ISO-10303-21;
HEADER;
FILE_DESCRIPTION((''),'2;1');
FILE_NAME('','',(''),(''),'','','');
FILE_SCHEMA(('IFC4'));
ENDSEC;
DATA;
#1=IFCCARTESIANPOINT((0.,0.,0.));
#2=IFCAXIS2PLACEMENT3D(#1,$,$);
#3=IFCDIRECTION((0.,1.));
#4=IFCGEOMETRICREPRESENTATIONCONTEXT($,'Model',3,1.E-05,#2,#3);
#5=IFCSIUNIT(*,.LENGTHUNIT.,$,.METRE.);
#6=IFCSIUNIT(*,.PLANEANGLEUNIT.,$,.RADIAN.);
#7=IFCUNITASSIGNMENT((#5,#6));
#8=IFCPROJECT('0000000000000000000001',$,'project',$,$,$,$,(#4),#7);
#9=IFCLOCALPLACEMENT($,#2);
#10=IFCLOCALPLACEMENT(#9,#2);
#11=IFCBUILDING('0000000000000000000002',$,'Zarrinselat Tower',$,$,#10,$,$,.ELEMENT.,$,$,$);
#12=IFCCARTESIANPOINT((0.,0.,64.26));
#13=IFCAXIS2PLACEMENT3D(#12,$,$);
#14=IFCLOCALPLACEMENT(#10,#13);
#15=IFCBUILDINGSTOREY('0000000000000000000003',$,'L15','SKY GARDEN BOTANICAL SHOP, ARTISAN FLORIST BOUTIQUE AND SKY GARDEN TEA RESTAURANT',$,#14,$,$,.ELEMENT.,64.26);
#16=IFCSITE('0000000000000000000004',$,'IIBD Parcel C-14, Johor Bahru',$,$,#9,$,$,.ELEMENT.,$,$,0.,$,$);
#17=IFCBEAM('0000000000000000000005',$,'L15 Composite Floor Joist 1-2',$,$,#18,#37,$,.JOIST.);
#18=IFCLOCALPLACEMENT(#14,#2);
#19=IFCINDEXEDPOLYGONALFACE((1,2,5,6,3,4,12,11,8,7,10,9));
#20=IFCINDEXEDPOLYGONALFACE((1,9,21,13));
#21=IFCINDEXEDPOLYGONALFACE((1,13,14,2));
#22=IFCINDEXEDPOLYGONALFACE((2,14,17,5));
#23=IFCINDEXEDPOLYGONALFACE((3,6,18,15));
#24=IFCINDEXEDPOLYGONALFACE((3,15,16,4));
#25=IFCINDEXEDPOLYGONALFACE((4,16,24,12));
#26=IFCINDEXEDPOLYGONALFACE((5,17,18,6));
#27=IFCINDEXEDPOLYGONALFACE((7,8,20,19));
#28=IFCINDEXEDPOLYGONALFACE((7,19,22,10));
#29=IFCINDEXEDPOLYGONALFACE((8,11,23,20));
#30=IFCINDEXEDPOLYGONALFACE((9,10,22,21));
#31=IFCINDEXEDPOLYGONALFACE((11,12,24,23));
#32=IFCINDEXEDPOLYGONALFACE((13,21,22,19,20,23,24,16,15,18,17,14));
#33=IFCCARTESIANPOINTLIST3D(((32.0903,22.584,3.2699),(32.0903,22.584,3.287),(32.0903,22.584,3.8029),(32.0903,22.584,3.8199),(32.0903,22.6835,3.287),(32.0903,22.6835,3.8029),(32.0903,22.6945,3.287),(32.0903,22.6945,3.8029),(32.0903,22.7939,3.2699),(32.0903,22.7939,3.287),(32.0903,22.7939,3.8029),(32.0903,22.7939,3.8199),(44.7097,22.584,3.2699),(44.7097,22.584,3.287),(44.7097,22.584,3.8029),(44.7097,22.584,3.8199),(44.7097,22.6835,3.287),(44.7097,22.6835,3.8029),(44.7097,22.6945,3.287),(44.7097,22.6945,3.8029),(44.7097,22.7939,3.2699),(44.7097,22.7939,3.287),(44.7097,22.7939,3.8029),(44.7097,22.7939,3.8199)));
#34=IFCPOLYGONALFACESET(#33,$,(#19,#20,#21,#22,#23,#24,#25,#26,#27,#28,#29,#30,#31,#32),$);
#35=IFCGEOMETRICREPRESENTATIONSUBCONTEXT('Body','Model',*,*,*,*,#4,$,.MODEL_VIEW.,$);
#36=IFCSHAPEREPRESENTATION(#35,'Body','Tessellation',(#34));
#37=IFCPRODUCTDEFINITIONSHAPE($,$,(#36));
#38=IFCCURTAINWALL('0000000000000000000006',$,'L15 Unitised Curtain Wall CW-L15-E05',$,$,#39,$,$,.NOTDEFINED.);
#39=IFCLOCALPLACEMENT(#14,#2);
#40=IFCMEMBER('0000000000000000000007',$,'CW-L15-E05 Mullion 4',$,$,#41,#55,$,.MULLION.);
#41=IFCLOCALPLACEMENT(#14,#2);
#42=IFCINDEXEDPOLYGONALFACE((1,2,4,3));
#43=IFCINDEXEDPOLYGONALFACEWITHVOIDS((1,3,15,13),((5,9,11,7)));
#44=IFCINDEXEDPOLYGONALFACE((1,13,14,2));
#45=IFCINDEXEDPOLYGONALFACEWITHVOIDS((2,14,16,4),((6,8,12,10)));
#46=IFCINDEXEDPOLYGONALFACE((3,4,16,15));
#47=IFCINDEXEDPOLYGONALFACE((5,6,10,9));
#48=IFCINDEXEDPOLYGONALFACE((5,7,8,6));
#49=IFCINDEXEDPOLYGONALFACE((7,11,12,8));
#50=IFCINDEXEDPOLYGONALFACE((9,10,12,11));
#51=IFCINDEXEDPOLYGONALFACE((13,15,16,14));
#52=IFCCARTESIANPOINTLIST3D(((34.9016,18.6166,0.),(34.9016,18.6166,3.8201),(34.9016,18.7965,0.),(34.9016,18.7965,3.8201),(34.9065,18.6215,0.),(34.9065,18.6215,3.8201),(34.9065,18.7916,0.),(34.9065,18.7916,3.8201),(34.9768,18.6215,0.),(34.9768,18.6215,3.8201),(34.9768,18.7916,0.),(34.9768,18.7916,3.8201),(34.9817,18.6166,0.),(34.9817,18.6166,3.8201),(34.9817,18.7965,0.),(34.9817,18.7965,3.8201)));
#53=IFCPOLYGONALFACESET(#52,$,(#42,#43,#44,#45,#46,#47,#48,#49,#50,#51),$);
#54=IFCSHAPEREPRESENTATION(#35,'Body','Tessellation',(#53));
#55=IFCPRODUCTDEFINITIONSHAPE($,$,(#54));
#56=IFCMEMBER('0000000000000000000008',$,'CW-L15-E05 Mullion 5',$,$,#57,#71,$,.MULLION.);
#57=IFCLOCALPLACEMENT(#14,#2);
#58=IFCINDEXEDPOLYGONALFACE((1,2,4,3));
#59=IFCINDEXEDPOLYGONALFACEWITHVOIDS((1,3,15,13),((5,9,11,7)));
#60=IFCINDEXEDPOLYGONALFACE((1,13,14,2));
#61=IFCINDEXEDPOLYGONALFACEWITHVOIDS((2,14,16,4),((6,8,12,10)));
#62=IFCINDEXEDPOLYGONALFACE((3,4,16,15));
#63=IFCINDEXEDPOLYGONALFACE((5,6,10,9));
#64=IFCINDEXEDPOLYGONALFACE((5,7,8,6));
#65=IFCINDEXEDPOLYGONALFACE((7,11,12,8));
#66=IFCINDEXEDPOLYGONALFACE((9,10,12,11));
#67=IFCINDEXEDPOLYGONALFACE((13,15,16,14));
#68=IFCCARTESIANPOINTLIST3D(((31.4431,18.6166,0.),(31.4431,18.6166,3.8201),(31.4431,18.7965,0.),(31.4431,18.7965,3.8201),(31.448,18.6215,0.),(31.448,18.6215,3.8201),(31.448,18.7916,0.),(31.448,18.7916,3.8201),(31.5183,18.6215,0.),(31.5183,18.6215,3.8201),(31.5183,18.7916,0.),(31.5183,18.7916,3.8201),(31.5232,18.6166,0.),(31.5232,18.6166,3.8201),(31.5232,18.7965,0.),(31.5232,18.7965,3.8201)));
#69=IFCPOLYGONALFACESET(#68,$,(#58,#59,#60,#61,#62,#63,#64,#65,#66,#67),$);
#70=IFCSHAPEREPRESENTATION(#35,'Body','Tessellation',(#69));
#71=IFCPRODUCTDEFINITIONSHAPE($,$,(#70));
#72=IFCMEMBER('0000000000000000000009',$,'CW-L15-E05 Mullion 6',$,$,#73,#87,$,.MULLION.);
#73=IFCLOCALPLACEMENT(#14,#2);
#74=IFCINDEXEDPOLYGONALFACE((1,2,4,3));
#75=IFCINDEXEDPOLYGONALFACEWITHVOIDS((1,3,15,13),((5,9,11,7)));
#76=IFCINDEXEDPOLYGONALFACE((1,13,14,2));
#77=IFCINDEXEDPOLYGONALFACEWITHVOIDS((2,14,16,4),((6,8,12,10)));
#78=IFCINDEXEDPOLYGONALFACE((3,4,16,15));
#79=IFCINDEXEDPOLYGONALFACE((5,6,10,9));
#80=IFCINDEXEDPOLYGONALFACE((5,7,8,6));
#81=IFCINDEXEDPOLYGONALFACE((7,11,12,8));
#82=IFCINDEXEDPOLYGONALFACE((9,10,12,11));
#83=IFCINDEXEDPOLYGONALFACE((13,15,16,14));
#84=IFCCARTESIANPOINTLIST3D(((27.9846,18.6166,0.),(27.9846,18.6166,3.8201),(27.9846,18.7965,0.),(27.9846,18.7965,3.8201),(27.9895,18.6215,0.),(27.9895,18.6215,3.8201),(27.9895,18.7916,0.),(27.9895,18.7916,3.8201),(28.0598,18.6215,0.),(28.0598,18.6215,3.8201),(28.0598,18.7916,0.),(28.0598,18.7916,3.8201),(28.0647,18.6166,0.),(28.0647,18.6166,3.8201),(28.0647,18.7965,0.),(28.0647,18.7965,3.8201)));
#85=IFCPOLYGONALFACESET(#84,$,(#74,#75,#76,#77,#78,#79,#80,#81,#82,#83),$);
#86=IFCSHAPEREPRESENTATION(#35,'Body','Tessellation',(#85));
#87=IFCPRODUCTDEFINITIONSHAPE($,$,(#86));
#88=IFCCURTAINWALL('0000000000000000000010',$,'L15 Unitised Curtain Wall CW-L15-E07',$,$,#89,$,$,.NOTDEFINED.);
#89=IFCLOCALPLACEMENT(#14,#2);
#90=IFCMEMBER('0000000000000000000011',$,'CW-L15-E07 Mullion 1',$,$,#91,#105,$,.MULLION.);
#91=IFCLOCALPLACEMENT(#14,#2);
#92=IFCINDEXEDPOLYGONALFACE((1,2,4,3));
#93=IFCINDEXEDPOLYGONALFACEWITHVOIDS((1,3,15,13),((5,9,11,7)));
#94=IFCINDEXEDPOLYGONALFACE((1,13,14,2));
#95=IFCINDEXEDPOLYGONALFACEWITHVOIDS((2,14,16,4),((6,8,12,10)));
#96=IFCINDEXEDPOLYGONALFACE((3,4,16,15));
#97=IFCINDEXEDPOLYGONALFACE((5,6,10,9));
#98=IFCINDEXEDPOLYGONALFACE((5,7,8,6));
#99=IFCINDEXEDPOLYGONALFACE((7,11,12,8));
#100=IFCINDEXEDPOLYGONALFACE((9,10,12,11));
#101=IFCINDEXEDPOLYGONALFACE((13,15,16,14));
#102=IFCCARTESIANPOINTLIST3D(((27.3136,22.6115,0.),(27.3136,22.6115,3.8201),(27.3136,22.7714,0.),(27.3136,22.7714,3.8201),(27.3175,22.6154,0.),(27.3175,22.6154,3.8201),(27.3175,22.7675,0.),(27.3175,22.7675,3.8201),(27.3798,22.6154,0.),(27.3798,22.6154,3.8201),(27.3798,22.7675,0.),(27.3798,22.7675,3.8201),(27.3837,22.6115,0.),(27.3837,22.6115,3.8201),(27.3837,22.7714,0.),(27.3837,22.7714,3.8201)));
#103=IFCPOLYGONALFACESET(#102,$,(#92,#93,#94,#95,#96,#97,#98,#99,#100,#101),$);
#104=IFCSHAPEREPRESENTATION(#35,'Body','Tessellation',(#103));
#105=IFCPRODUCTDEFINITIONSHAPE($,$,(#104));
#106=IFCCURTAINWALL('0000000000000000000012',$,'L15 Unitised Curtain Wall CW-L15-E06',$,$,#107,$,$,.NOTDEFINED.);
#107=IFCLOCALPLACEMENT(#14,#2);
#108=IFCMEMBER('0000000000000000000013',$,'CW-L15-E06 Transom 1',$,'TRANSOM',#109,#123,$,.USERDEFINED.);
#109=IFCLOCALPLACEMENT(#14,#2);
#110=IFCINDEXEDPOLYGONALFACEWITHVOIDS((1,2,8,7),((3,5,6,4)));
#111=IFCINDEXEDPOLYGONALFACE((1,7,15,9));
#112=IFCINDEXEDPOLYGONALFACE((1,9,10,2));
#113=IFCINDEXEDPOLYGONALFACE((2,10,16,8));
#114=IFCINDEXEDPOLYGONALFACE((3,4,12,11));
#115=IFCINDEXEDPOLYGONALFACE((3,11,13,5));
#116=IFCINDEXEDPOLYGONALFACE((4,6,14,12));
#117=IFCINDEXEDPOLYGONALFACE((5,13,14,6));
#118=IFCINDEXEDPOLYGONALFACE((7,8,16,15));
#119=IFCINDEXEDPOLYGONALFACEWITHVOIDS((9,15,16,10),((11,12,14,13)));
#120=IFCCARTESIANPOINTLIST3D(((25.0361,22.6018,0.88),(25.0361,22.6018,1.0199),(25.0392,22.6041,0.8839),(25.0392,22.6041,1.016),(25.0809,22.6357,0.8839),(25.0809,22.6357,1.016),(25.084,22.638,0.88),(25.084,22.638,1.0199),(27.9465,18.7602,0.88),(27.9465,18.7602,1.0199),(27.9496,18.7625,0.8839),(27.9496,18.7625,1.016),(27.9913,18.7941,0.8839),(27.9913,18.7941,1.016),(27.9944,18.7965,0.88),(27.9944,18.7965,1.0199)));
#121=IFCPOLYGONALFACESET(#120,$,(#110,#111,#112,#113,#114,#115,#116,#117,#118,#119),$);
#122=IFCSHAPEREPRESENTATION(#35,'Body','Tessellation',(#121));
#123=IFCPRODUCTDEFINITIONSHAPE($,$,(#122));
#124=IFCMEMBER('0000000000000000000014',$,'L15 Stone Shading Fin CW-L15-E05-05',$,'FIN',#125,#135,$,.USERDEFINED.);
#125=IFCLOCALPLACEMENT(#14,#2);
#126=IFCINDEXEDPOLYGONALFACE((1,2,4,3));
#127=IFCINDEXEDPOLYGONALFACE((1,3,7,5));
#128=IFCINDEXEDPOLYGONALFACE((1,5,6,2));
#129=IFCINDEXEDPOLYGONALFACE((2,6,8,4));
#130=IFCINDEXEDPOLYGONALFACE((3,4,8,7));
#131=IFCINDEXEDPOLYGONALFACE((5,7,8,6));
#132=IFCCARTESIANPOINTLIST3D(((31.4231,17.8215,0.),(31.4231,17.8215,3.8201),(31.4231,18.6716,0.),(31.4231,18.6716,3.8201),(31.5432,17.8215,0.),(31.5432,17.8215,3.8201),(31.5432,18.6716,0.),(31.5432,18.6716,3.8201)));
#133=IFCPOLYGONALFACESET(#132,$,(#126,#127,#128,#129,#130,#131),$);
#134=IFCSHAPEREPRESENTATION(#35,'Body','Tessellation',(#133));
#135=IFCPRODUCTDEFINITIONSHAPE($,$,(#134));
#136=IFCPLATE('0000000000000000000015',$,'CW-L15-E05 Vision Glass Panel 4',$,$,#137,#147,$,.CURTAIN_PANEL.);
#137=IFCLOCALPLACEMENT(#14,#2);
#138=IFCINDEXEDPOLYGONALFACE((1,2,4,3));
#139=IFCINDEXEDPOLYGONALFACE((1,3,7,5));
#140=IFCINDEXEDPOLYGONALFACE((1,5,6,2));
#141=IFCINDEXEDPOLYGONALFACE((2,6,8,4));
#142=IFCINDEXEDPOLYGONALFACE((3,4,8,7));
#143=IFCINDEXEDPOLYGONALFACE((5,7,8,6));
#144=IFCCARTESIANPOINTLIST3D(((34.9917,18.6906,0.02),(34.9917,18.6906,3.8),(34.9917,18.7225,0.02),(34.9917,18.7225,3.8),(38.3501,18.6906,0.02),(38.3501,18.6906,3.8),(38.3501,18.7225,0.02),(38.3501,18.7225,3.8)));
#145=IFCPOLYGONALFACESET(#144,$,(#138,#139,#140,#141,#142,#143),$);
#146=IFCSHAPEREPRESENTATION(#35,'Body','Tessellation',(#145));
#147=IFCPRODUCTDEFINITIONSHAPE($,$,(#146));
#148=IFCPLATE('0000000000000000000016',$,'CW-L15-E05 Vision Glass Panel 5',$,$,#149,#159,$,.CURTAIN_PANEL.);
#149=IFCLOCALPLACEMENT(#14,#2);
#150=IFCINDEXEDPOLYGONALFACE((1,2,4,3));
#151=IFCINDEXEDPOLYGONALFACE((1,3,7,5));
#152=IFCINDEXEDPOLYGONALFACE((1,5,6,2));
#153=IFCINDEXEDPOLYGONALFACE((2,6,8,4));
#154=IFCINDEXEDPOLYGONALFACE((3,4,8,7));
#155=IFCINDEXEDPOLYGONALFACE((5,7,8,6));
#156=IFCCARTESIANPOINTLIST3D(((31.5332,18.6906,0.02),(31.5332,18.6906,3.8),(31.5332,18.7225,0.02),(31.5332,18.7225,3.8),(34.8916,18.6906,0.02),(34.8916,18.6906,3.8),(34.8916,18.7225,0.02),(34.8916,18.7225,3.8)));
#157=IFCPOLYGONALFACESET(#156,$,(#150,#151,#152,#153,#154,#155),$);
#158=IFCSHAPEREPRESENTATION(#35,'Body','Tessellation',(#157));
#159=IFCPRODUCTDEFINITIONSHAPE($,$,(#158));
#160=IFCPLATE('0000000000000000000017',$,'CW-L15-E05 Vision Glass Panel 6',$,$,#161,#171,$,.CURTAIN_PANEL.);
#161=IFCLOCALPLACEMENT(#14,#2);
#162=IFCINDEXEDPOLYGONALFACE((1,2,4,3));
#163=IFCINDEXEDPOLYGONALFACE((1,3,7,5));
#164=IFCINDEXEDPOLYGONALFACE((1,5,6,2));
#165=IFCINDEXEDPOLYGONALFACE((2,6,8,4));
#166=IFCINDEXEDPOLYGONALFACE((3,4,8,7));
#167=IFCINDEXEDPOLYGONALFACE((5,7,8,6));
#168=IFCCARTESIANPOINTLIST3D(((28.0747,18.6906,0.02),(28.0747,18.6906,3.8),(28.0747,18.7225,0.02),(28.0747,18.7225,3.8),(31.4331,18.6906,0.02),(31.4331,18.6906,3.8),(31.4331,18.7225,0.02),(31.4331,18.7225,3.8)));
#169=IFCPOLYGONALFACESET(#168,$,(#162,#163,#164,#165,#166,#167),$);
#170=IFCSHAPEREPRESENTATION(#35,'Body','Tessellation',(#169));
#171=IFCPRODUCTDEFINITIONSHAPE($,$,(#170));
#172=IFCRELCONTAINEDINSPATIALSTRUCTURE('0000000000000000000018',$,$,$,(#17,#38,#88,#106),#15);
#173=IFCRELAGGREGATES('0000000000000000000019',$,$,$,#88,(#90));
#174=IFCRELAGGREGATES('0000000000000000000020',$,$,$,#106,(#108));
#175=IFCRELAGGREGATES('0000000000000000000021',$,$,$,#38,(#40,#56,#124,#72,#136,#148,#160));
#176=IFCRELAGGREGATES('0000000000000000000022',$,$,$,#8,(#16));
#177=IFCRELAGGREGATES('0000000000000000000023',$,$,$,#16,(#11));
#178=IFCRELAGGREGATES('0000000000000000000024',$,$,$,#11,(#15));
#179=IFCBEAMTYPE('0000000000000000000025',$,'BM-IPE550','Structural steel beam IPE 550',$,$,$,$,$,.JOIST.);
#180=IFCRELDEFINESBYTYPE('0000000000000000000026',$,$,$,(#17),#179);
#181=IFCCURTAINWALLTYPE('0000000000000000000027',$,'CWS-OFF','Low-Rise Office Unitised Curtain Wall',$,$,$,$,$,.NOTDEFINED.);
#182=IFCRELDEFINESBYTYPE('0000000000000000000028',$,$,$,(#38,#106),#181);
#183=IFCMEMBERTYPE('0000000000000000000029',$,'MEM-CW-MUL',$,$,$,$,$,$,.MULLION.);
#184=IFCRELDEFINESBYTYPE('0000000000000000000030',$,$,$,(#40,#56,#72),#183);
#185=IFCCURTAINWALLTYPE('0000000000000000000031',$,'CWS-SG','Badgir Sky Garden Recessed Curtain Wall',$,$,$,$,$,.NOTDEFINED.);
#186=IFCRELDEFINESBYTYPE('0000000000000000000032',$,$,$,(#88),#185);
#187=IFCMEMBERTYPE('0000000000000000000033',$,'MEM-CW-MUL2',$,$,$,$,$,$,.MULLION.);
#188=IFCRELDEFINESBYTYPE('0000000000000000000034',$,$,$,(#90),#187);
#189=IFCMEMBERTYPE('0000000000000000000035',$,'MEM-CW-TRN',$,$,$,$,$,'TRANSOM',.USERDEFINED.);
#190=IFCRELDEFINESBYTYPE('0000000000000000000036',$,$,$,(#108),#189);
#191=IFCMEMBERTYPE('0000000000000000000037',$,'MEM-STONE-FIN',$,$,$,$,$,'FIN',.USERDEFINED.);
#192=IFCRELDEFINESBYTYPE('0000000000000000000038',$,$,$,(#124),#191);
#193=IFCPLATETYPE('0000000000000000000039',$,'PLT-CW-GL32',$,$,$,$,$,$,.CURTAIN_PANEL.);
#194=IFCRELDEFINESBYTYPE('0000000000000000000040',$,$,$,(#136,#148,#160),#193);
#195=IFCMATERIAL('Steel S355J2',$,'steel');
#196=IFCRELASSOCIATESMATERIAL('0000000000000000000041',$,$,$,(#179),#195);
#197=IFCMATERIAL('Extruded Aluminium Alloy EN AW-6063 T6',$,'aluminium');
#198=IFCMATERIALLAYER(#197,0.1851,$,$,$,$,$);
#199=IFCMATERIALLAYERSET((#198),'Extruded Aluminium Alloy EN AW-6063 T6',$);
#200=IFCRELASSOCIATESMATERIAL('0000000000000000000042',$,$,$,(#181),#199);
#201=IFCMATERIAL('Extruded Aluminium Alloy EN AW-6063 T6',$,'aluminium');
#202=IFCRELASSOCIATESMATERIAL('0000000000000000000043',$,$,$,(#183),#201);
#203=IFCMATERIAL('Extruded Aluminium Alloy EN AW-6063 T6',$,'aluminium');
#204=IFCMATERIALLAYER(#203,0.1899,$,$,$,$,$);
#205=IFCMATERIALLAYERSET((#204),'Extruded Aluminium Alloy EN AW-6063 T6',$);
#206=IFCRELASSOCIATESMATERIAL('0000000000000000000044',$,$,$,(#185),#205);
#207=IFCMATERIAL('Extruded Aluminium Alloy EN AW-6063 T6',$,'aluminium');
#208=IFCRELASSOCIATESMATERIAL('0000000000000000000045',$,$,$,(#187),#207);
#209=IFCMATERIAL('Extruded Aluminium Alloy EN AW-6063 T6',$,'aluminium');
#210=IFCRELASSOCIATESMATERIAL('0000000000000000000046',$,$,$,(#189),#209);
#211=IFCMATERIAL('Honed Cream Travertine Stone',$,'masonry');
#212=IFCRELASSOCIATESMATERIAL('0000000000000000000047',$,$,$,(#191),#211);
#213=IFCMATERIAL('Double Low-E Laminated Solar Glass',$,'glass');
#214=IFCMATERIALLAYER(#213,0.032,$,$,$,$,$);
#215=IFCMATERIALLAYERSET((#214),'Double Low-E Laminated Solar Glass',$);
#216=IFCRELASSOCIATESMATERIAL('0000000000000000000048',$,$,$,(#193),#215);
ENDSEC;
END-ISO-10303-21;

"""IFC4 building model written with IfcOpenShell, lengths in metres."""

from ifc_helpers import new_model, si_unit, direction, frame, origin, origin_2d, place, context, subcontext, project, spatial, rectangle, hollow_rectangle, i_section, extrude, material, layer, layer_set, material_profile, profile_set, type_object, element, aggregate, save


model = new_model("IFC4")

# Units and contexts
model_context = context("Model", 3, precision=1e-05, world=origin(), true_north=direction((0.0, 1.0)))
body_context = subcontext(model_context, "Body", "Model", "MODEL_VIEW")
ifc_project = project(units=[si_unit("LENGTHUNIT", "METRE"), si_unit("PLANEANGLEUNIT", "RADIAN")], contexts=[model_context])

# Site, building, storey
site_placement = place(None, origin())
site = spatial("IfcSite", under=ifc_project, at=site_placement, Name="IIBD Parcel C-14, Johor Bahru", CompositionType="ELEMENT", RefElevation=0.0)
building_placement = place(site_placement, origin())
building = spatial("IfcBuilding", under=site, at=building_placement, Name="Zarrinselat Tower", CompositionType="ELEMENT")
storey_placement = place(building_placement, frame((0.0, 0.0, 64.26)))
storey = spatial("IfcBuildingStorey", under=building, at=storey_placement, Name="L15", Description="SKY GARDEN BOTANICAL SHOP, ARTISAN FLORIST BOUTIQUE AND SKY GARDEN TEA RESTAURANT", CompositionType="ELEMENT", Elevation=64.26)

# Beam
ifc_material_1 = material(Name="Steel S355J2", Category="steel")
ifc_material_profile_1 = material_profile(ifc_material_1, i_section(OverallWidth=0.21, OverallDepth=0.55, WebThickness=0.011, FlangeThickness=0.0171, at=origin_2d()), Name="IPE 550")
ifc_profile_set_1 = profile_set([ifc_material_profile_1], Name="Steel S355J2")
beam_type_1 = type_object("IfcBeamType", Name="BM-IPE550", Description="Structural steel beam IPE 550", PredefinedType="JOIST", material=ifc_profile_set_1)
beam_1_placement = place(storey_placement, frame((32.0903, 22.689, 3.5449), z_axis=(1.0, 0.0, 0.0), x_axis=(0.0, 1.0, 0.0)))
element("IfcBeam", 1, at=beam_1_placement, inside=storey, type_object=beam_type_1, Name="L15 Composite Floor Joist 1-2", PredefinedType="JOIST", context=body_context, shape_type="SweptSolid", body=[
    extrude(i_section(OverallWidth=0.21, OverallDepth=0.55, WebThickness=0.011, FlangeThickness=0.0171, at=origin_2d()), origin(), (0.0, 0.0, 1.0), 12.6194),
])

# Curtain wall, members
ifc_material_2 = material(Name="Extruded Aluminium Alloy EN AW-6063 T6", Category="aluminium")
ifc_layer_1 = layer(ifc_material_2, 0.1851)
ifc_layer_set_1 = layer_set([ifc_layer_1], Name="Extruded Aluminium Alloy EN AW-6063 T6")
curtain_wall_type_1 = type_object("IfcCurtainWallType", Name="CWS-OFF", Description="Low-Rise Office Unitised Curtain Wall", PredefinedType="NOTDEFINED", material=ifc_layer_set_1)
curtain_wall_1_placement = place(storey_placement, origin())
curtain_wall_1 = element("IfcCurtainWall", 2, at=curtain_wall_1_placement, inside=storey, type_object=curtain_wall_type_1, Name="L15 Unitised Curtain Wall CW-L15-E05", PredefinedType="NOTDEFINED")
ifc_material_3 = material(Name="Extruded Aluminium Alloy EN AW-6063 T6", Category="aluminium")
ifc_material_profile_2 = material_profile(ifc_material_3, hollow_rectangle(XDim=0.0801, YDim=0.1799, WallThickness=0.0049, at=origin_2d()), Name="RHS 180x80x5")
ifc_profile_set_2 = profile_set([ifc_material_profile_2], Name="Extruded Aluminium Alloy EN AW-6063 T6")
member_type_1 = type_object("IfcMemberType", Name="MEM-CW-MUL", PredefinedType="MULLION", material=ifc_profile_set_2)
member_1_placement = place(storey_placement, frame((34.9417, 18.7065, 0.0), z_axis=(0.0, 0.0, 1.0), x_axis=(-1.0, 0.0, 0.0)))
member_1 = element("IfcMember", 3, at=member_1_placement, type_object=member_type_1, Name="CW-L15-E05 Mullion 4", PredefinedType="MULLION", context=body_context, shape_type="SweptSolid", body=[
    extrude(hollow_rectangle(XDim=0.0801, YDim=0.1799, WallThickness=0.0049, at=origin_2d()), origin(), (0.0, 0.0, 1.0), 3.8201),
])
member_2_placement = place(storey_placement, frame((31.4832, 18.7065, 0.0), z_axis=(0.0, 0.0, 1.0), x_axis=(-1.0, 0.0, 0.0)))
member_2 = element("IfcMember", 4, at=member_2_placement, type_object=member_type_1, Name="CW-L15-E05 Mullion 5", PredefinedType="MULLION", context=body_context, shape_type="SweptSolid", body=[
    extrude(hollow_rectangle(XDim=0.0801, YDim=0.1799, WallThickness=0.0049, at=origin_2d()), origin(), (0.0, 0.0, 1.0), 3.8201),
])
member_3_placement = place(storey_placement, frame((28.0247, 18.7065, 0.0), z_axis=(0.0, 0.0, 1.0), x_axis=(-1.0, 0.0, 0.0)))
member_3 = element("IfcMember", 5, at=member_3_placement, type_object=member_type_1, Name="CW-L15-E05 Mullion 6", PredefinedType="MULLION", context=body_context, shape_type="SweptSolid", body=[
    extrude(hollow_rectangle(XDim=0.0801, YDim=0.1799, WallThickness=0.0049, at=origin_2d()), origin(), (0.0, 0.0, 1.0), 3.8201),
])

# Curtain walls, members
ifc_material_4 = material(Name="Extruded Aluminium Alloy EN AW-6063 T6", Category="aluminium")
ifc_layer_2 = layer(ifc_material_4, 0.1899)
ifc_layer_set_2 = layer_set([ifc_layer_2], Name="Extruded Aluminium Alloy EN AW-6063 T6")
curtain_wall_type_2 = type_object("IfcCurtainWallType", Name="CWS-SG", Description="Badgir Sky Garden Recessed Curtain Wall", PredefinedType="NOTDEFINED", material=ifc_layer_set_2)
curtain_wall_2_placement = place(storey_placement, origin())
curtain_wall_2 = element("IfcCurtainWall", 6, at=curtain_wall_2_placement, inside=storey, type_object=curtain_wall_type_2, Name="L15 Unitised Curtain Wall CW-L15-E07", PredefinedType="NOTDEFINED")
ifc_material_5 = material(Name="Extruded Aluminium Alloy EN AW-6063 T6", Category="aluminium")
ifc_material_profile_3 = material_profile(ifc_material_5, hollow_rectangle(XDim=0.0701, YDim=0.1599, WallThickness=0.0039, at=origin_2d()), Name="RHS 160x70x4")
ifc_profile_set_3 = profile_set([ifc_material_profile_3], Name="Extruded Aluminium Alloy EN AW-6063 T6")
member_type_2 = type_object("IfcMemberType", Name="MEM-CW-MUL2", PredefinedType="MULLION", material=ifc_profile_set_3)
member_4_placement = place(storey_placement, frame((27.3486, 22.6914, 0.0), z_axis=(0.0, 0.0, 1.0), x_axis=(1.0, 0.0, 0.0)))
member_4 = element("IfcMember", 7, at=member_4_placement, type_object=member_type_2, Name="CW-L15-E07 Mullion 1", PredefinedType="MULLION", context=body_context, shape_type="SweptSolid", body=[
    extrude(hollow_rectangle(XDim=0.0701, YDim=0.1599, WallThickness=0.0039, at=origin_2d()), origin(), (0.0, 0.0, 1.0), 3.8201),
])
aggregate(curtain_wall_2, [member_4])
curtain_wall_3_placement = place(storey_placement, origin())
curtain_wall_3 = element("IfcCurtainWall", 8, at=curtain_wall_3_placement, inside=storey, type_object=curtain_wall_type_1, Name="L15 Unitised Curtain Wall CW-L15-E06", PredefinedType="NOTDEFINED")
ifc_material_6 = material(Name="Extruded Aluminium Alloy EN AW-6063 T6", Category="aluminium")
ifc_material_profile_4 = material_profile(ifc_material_6, hollow_rectangle(XDim=0.0601, YDim=0.1399, WallThickness=0.0039, at=origin_2d()), Name="RHS 140x60x4")
ifc_profile_set_4 = profile_set([ifc_material_profile_4], Name="Extruded Aluminium Alloy EN AW-6063 T6")
member_type_3 = type_object("IfcMemberType", Name="MEM-CW-TRN", ElementType="TRANSOM", PredefinedType="USERDEFINED", material=ifc_profile_set_4)
member_5_placement = place(storey_placement, frame((27.9705, 18.7783, 0.95), z_axis=(-0.603875, 0.797079, 0.0), x_axis=(-0.797079, -0.603875, 0.0)))
member_5 = element("IfcMember", 9, at=member_5_placement, type_object=member_type_3, Name="CW-L15-E06 Transom 1", ObjectType="TRANSOM", PredefinedType="USERDEFINED", context=body_context, shape_type="SweptSolid", body=[
    extrude(hollow_rectangle(XDim=0.0601, YDim=0.1399, WallThickness=0.0039, at=origin_2d()), origin(), (0.0, 0.0, 1.0), 4.8196),
])
aggregate(curtain_wall_3, [member_5])

# Member
ifc_material_7 = material(Name="Honed Cream Travertine Stone", Category="masonry")
ifc_material_profile_5 = material_profile(ifc_material_7, rectangle(XDim=0.1201, YDim=0.8501, at=origin_2d()), Name="FIN 850x120")
ifc_profile_set_5 = profile_set([ifc_material_profile_5], Name="Honed Cream Travertine Stone")
member_type_4 = type_object("IfcMemberType", Name="MEM-STONE-FIN", ElementType="FIN", PredefinedType="USERDEFINED", material=ifc_profile_set_5)
member_6_placement = place(storey_placement, frame((31.4832, 18.2466, 0.0), z_axis=(0.0, 0.0, 1.0), x_axis=(-1.0, 0.0, 0.0)))
member_6 = element("IfcMember", 10, at=member_6_placement, type_object=member_type_4, Name="L15 Stone Shading Fin CW-L15-E05-05", ObjectType="FIN", PredefinedType="USERDEFINED", context=body_context, shape_type="SweptSolid", body=[
    extrude(rectangle(XDim=0.1201, YDim=0.8501, at=origin_2d()), origin(), (0.0, 0.0, 1.0), 3.8201),
])

# Plates
ifc_material_8 = material(Name="Double Low-E Laminated Solar Glass", Category="glass")
ifc_layer_3 = layer(ifc_material_8, 0.032)
ifc_layer_set_3 = layer_set([ifc_layer_3], Name="Double Low-E Laminated Solar Glass")
plate_type = type_object("IfcPlateType", Name="PLT-CW-GL32", PredefinedType="CURTAIN_PANEL", material=ifc_layer_set_3)
plate_1_placement = place(storey_placement, frame((36.6709, 18.7065, 0.02), z_axis=(0.0, 0.0, 1.0), x_axis=(-1.0, 0.0, 0.0)))
plate_1 = element("IfcPlate", 11, at=plate_1_placement, type_object=plate_type, Name="CW-L15-E05 Vision Glass Panel 4", PredefinedType="CURTAIN_PANEL", context=body_context, shape_type="SweptSolid", body=[
    extrude(rectangle(XDim=3.3584, YDim=0.032, at=origin_2d()), origin(), (0.0, 0.0, 1.0), 3.78),
])
plate_2_placement = place(storey_placement, frame((33.2124, 18.7065, 0.02), z_axis=(0.0, 0.0, 1.0), x_axis=(-1.0, 0.0, 0.0)))
plate_2 = element("IfcPlate", 12, at=plate_2_placement, type_object=plate_type, Name="CW-L15-E05 Vision Glass Panel 5", PredefinedType="CURTAIN_PANEL", context=body_context, shape_type="SweptSolid", body=[
    extrude(rectangle(XDim=3.3584, YDim=0.032, at=origin_2d()), origin(), (0.0, 0.0, 1.0), 3.78),
])
plate_3_placement = place(storey_placement, frame((29.7539, 18.7065, 0.02), z_axis=(0.0, 0.0, 1.0), x_axis=(-1.0, 0.0, 0.0)))
plate_3 = element("IfcPlate", 13, at=plate_3_placement, type_object=plate_type, Name="CW-L15-E05 Vision Glass Panel 6", PredefinedType="CURTAIN_PANEL", context=body_context, shape_type="SweptSolid", body=[
    extrude(rectangle(XDim=3.3584, YDim=0.032, at=origin_2d()), origin(), (0.0, 0.0, 1.0), 3.78),
])
aggregate(curtain_wall_1, [member_1, member_2, member_6, member_3, plate_1, plate_2, plate_3])

save(model, "model.ifc")
